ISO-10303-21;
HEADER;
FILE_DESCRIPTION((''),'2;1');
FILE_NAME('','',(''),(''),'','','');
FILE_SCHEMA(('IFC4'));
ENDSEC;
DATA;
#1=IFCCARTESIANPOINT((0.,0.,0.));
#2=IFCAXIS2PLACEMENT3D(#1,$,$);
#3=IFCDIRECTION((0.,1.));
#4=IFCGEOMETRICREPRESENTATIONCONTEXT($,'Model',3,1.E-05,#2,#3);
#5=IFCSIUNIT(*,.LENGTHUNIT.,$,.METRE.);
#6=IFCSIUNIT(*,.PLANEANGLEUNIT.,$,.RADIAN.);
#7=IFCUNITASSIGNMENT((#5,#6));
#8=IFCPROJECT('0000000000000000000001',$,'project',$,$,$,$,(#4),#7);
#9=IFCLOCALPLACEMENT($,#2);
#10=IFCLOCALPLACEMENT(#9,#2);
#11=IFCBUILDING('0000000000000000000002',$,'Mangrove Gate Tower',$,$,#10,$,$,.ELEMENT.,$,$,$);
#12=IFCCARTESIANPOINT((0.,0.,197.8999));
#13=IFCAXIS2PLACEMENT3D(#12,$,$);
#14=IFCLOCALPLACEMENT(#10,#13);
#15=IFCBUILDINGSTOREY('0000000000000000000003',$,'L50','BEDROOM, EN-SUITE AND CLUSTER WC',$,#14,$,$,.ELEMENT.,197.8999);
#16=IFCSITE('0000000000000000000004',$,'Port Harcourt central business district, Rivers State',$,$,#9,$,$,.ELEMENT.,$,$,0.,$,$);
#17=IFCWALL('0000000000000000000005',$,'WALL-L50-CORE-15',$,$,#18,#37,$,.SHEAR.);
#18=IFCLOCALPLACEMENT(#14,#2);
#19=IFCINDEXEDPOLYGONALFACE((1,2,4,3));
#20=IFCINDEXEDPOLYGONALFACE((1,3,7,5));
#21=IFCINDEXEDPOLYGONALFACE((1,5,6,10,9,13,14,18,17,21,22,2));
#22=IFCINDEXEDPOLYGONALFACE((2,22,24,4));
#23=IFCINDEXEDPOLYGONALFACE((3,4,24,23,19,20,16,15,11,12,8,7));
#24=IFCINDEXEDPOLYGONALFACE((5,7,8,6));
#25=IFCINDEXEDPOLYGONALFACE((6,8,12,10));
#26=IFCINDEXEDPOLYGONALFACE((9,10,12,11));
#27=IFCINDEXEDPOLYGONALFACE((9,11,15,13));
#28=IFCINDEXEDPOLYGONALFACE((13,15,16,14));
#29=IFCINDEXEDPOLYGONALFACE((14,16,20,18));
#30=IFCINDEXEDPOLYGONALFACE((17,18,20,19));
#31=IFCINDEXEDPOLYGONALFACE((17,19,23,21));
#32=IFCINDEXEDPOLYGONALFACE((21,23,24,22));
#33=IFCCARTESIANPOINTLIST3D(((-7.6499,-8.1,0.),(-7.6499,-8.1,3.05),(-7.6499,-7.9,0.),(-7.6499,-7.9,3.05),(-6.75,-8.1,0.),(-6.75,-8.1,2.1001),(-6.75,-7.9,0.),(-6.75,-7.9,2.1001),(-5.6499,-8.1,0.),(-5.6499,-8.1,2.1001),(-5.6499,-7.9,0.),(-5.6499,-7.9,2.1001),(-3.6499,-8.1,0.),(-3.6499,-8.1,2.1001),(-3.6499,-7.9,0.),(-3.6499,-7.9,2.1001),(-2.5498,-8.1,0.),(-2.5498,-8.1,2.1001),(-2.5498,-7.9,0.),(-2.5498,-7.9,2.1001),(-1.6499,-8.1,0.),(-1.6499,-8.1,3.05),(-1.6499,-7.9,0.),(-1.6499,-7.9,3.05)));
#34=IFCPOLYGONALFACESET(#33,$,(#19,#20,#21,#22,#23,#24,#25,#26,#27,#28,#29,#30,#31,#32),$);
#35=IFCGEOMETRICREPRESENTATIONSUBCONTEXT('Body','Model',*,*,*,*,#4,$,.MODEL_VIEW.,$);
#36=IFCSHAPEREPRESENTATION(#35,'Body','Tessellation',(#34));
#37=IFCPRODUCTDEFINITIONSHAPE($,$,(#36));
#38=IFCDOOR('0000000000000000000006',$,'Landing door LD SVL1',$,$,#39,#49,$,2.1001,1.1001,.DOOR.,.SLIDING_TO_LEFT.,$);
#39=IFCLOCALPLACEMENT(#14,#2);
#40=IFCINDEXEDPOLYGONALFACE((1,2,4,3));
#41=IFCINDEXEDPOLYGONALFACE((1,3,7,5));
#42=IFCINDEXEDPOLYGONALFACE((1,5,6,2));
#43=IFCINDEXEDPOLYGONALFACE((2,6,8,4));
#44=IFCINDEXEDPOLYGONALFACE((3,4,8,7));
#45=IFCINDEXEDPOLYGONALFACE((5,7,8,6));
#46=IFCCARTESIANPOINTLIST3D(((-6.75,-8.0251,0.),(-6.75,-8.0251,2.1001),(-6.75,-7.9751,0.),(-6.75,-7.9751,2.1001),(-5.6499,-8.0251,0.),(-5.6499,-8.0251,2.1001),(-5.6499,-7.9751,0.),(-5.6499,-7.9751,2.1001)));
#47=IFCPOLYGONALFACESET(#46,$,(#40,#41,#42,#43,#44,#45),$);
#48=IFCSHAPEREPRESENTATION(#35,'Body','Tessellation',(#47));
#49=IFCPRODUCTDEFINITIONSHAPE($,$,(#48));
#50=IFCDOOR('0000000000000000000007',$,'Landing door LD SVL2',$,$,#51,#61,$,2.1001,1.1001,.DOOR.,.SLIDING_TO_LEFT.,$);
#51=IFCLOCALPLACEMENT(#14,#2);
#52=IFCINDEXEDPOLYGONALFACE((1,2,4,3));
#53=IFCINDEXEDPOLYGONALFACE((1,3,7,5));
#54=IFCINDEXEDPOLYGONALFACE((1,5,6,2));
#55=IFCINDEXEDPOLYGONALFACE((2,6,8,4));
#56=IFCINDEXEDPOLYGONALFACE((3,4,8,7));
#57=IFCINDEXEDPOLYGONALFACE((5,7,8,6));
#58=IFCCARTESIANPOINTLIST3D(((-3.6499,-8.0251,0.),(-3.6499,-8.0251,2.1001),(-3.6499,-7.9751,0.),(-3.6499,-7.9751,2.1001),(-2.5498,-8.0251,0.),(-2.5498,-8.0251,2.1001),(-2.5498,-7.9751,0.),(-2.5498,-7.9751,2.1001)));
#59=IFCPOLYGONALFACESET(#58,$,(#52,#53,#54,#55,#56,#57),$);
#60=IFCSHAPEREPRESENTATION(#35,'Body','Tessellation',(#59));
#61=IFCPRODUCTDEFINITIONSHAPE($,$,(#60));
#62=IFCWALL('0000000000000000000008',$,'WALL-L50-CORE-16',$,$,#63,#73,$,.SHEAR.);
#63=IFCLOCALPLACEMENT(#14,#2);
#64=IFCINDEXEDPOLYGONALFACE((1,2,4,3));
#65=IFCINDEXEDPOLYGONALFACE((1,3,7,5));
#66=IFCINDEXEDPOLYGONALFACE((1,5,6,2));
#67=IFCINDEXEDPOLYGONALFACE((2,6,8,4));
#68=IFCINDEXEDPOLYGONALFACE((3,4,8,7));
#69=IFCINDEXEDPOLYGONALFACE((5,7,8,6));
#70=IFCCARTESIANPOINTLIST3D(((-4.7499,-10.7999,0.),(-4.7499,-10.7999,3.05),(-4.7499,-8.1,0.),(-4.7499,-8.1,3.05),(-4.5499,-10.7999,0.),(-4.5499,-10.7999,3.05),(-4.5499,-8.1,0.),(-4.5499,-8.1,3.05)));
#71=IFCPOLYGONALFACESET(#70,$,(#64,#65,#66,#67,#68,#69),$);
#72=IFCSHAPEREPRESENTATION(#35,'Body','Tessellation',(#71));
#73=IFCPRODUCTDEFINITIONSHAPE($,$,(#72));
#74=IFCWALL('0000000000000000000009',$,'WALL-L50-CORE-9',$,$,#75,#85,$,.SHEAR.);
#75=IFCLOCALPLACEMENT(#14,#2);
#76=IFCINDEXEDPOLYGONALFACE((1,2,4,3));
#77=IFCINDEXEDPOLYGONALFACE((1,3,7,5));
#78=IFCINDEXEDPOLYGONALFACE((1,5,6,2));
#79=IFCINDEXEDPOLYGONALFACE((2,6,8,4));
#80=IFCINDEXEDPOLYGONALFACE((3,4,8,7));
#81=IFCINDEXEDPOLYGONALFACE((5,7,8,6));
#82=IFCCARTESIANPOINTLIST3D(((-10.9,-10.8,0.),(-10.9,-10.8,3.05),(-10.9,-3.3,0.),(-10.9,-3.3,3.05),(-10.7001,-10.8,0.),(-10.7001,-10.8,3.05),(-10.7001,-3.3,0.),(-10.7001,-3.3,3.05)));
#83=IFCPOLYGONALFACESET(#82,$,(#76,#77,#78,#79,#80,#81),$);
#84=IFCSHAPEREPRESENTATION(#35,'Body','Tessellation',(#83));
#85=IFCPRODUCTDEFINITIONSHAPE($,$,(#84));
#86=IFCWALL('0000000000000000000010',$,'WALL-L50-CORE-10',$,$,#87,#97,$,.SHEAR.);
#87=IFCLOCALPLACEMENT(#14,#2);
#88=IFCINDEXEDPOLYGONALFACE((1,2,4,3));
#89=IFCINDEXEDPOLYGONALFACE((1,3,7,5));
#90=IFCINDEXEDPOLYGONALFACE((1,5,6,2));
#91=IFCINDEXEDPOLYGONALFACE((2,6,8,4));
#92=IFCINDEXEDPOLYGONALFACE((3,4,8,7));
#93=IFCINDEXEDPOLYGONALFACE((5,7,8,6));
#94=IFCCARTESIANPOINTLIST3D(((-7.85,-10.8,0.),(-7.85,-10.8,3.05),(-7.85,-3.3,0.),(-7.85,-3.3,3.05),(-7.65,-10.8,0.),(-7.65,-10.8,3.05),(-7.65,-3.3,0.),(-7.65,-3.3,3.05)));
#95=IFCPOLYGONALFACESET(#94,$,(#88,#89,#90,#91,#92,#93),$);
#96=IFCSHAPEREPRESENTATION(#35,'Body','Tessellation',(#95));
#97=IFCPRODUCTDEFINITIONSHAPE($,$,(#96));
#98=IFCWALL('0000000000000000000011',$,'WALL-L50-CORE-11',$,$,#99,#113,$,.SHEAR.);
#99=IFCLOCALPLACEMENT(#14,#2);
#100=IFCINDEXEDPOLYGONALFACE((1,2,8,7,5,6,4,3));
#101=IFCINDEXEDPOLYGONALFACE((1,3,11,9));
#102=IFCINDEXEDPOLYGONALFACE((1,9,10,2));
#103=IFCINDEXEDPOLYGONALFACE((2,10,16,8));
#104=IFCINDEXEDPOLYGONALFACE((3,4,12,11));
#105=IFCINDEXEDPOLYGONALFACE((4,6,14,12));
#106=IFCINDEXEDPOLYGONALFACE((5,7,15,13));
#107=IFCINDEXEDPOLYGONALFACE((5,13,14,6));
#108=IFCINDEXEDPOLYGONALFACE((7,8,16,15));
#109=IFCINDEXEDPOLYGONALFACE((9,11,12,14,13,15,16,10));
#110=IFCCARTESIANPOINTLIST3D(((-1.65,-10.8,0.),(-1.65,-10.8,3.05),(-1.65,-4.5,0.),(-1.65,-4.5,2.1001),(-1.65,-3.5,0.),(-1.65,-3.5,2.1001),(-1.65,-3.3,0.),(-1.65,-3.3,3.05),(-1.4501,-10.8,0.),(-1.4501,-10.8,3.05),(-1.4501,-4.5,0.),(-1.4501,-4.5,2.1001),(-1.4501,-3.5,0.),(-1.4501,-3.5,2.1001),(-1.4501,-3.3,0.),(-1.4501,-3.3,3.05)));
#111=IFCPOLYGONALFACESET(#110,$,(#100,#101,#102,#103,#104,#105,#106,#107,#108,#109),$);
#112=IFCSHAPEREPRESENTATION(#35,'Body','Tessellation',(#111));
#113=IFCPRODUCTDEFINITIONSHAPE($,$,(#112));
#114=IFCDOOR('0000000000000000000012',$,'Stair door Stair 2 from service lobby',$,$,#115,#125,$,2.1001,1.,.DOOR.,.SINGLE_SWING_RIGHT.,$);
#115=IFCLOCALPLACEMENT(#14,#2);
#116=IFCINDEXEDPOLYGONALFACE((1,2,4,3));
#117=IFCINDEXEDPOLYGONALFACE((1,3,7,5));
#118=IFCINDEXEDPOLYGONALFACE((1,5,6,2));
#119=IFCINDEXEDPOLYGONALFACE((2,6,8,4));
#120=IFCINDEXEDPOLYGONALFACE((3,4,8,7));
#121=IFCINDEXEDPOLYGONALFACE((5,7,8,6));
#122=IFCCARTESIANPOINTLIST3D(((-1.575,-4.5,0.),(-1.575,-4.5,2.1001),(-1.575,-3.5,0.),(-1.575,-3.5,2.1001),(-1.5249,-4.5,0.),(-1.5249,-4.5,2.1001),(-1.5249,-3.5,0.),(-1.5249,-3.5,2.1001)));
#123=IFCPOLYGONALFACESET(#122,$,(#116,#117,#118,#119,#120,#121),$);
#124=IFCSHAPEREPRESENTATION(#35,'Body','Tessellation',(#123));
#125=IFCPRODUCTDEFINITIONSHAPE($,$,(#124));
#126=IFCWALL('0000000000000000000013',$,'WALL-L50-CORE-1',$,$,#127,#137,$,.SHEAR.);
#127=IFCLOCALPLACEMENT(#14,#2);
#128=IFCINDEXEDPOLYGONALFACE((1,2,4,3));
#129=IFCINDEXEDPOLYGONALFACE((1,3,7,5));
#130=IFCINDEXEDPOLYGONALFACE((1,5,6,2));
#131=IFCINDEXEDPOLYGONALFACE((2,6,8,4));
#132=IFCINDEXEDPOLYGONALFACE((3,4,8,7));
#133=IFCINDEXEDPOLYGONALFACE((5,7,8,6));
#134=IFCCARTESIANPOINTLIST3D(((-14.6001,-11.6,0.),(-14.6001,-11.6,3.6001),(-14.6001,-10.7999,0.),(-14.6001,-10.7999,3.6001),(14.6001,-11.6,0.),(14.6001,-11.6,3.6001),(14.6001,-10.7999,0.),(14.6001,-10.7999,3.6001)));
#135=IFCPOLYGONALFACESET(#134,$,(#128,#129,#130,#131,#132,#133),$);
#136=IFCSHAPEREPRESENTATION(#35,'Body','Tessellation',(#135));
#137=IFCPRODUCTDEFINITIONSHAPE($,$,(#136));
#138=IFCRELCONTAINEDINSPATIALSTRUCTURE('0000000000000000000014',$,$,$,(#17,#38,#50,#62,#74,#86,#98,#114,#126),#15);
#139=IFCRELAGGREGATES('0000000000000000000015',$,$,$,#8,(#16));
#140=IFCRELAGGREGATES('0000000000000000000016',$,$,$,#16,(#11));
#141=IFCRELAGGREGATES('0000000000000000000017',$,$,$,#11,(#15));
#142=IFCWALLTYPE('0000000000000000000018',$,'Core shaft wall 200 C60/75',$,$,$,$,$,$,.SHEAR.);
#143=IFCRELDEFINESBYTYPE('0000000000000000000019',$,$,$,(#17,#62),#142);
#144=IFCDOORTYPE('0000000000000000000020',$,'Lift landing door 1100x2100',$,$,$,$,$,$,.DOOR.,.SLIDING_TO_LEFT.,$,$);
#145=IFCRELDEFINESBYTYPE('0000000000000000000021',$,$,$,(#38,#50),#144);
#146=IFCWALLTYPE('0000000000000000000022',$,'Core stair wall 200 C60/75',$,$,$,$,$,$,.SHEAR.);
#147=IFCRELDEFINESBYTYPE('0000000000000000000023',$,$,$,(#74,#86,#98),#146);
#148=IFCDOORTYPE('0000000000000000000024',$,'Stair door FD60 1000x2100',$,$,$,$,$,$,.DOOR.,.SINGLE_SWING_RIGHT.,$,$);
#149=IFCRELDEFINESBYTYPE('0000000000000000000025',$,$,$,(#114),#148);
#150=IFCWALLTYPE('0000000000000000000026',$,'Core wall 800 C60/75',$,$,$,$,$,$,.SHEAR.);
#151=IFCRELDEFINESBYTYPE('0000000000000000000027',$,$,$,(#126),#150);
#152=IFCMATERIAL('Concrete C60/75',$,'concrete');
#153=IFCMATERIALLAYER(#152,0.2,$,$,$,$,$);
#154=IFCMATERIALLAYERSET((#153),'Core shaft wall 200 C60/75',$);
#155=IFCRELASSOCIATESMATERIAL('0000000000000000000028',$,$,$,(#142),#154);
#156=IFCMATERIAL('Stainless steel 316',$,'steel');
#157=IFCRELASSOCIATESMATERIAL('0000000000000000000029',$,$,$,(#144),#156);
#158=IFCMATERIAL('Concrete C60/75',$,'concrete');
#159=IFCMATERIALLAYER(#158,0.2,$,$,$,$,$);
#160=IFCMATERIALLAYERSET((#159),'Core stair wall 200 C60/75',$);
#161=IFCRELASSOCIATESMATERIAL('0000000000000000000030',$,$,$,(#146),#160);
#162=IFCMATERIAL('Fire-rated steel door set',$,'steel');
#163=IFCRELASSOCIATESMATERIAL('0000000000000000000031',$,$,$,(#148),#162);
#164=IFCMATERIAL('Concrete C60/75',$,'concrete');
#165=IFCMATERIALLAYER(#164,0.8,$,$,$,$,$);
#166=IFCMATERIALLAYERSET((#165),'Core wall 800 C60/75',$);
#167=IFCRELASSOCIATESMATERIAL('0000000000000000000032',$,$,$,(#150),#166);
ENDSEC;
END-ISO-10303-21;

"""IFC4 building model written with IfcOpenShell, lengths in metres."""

from ifc_helpers import new_model, si_unit, direction, frame, frame_2d, origin, place, context, subcontext, project, spatial, rectangle, extrude, material, layer, layer_set, type_object, element, fill, save


model = new_model("IFC4")

# Units and contexts
model_context = context("Model", 3, precision=1e-05, world=origin(), true_north=direction((0.0, 1.0)))
body_context = subcontext(model_context, "Body", "Model", "MODEL_VIEW")
ifc_project = project(units=[si_unit("LENGTHUNIT", "METRE"), si_unit("PLANEANGLEUNIT", "RADIAN")], contexts=[model_context])

# Site, building, storey
site_placement = place(None, origin())
site = spatial("IfcSite", under=ifc_project, at=site_placement, Name="Port Harcourt central business district, Rivers State", CompositionType="ELEMENT", RefElevation=0.0)
building_placement = place(site_placement, origin())
building = spatial("IfcBuilding", under=site, at=building_placement, Name="Mangrove Gate Tower", CompositionType="ELEMENT")
storey_placement = place(building_placement, frame((0.0, 0.0, 197.8999)))
storey = spatial("IfcBuildingStorey", under=building, at=storey_placement, Name="L50", Description="BEDROOM, EN-SUITE AND CLUSTER WC", CompositionType="ELEMENT", Elevation=197.8999)

# Wall, openings, doors
ifc_material_1 = material(Name="Concrete C60/75", Category="concrete")
ifc_layer_1 = layer(ifc_material_1, 0.2)
ifc_layer_set_1 = layer_set([ifc_layer_1], Name="Core shaft wall 200 C60/75")
wall_type_1 = type_object("IfcWallType", Name="Core shaft wall 200 C60/75", PredefinedType="SHEAR", material=ifc_layer_set_1)
wall_1_placement = place(storey_placement, frame((-7.6499, -8.0, 0.0), z_axis=(0.0, 0.0, 1.0), x_axis=(1.0, 0.0, 0.0)))
wall_1 = element("IfcWall", 1, at=wall_1_placement, inside=storey, type_object=wall_type_1, Name="WALL-L50-CORE-15", PredefinedType="SHEAR", context=body_context, shape_type="SweptSolid", body=[
    extrude(rectangle(XDim=6.0, YDim=0.2, at=frame_2d((3.0, 0.0))), origin(), (0.0, 0.0, 1.0), 3.05),
])
opening_1_placement = place(wall_1_placement, frame((0.8999, 0.0, 0.0)))
opening_1 = element("IfcOpeningElement", 2, at=opening_1_placement, cuts=wall_1, PredefinedType="OPENING", context=body_context, shape_type="SweptSolid", body=[
    extrude(rectangle(XDim=1.1001, YDim=2.1001, at=frame_2d((0.55, 1.05))), frame((0.0, 0.1099, 0.0), z_axis=(0.0, -1.0, 0.0), x_axis=(1.0, 0.0, 0.0)), (0.0, 0.0, 1.0), 0.22),
])
opening_2_placement = place(wall_1_placement, frame((4.0, 0.0, 0.0)))
opening_2 = element("IfcOpeningElement", 3, at=opening_2_placement, cuts=wall_1, PredefinedType="OPENING", context=body_context, shape_type="SweptSolid", body=[
    extrude(rectangle(XDim=1.1001, YDim=2.1001, at=frame_2d((0.55, 1.05))), frame((0.0, 0.1099, 0.0), z_axis=(0.0, -1.0, 0.0), x_axis=(1.0, 0.0, 0.0)), (0.0, 0.0, 1.0), 0.22),
])
ifc_material_2 = material(Name="Stainless steel 316", Category="steel")
door_type_1 = type_object("IfcDoorType", Name="Lift landing door 1100x2100", OperationType="SLIDING_TO_LEFT", PredefinedType="DOOR", material=ifc_material_2)
door_1_placement = place(opening_1_placement, origin())
door_1 = element("IfcDoor", 4, at=door_1_placement, inside=storey, type_object=door_type_1, Name="Landing door LD SVL1", OperationType="SLIDING_TO_LEFT", OverallHeight=2.1001, OverallWidth=1.1001, PredefinedType="DOOR", context=body_context, shape_type="SweptSolid", body=[
    extrude(rectangle(XDim=1.1001, YDim=2.1001, at=frame_2d((0.55, 1.05))), frame((0.0, 0.0249, 0.0), z_axis=(0.0, -1.0, 0.0), x_axis=(1.0, 0.0, 0.0)), (0.0, 0.0, 1.0), 0.05),
])
fill(opening_1, door_1)
door_2_placement = place(opening_2_placement, origin())
door_2 = element("IfcDoor", 5, at=door_2_placement, inside=storey, type_object=door_type_1, Name="Landing door LD SVL2", OperationType="SLIDING_TO_LEFT", OverallHeight=2.1001, OverallWidth=1.1001, PredefinedType="DOOR", context=body_context, shape_type="SweptSolid", body=[
    extrude(rectangle(XDim=1.1001, YDim=2.1001, at=frame_2d((0.55, 1.05))), frame((0.0, 0.0249, 0.0), z_axis=(0.0, -1.0, 0.0), x_axis=(1.0, 0.0, 0.0)), (0.0, 0.0, 1.0), 0.05),
])
fill(opening_2, door_2)

# Walls
wall_2_placement = place(storey_placement, frame((-4.6499, -10.8, 0.0), z_axis=(0.0, 0.0, 1.0), x_axis=(0.0, 1.0, 0.0)))
element("IfcWall", 6, at=wall_2_placement, inside=storey, type_object=wall_type_1, Name="WALL-L50-CORE-16", PredefinedType="SHEAR", context=body_context, shape_type="SweptSolid", body=[
    extrude(rectangle(XDim=2.7, YDim=0.2, at=frame_2d((1.3501, 0.0))), origin(), (0.0, 0.0, 1.0), 3.05),
])
ifc_material_3 = material(Name="Concrete C60/75", Category="concrete")
ifc_layer_2 = layer(ifc_material_3, 0.2)
ifc_layer_set_2 = layer_set([ifc_layer_2], Name="Core stair wall 200 C60/75")
wall_type_2 = type_object("IfcWallType", Name="Core stair wall 200 C60/75", PredefinedType="SHEAR", material=ifc_layer_set_2)
for number, where, z_axis, x_axis, name in (
    (7, (-10.8, -10.8, 0.0), (0.0, 0.0, 1.0), (0.0, 1.0, 0.0), "WALL-L50-CORE-9"),
    (8, (-7.75, -10.8, 0.0), (0.0, 0.0, 1.0), (0.0, 1.0, 0.0), "WALL-L50-CORE-10"),
):
    element("IfcWall", number, at=place(storey_placement, frame(where, z_axis=z_axis, x_axis=x_axis)), inside=storey, type_object=wall_type_2, Name=name, PredefinedType="SHEAR", context=body_context, shape_type="SweptSolid", body=[
        extrude(rectangle(XDim=7.5, YDim=0.2, at=frame_2d((3.75, 0.0))), origin(), (0.0, 0.0, 1.0), 3.05),
    ])

# Wall, opening, door
wall_3_placement = place(storey_placement, frame((-1.55, -10.8, 0.0), z_axis=(0.0, 0.0, 1.0), x_axis=(0.0, 1.0, 0.0)))
wall_3 = element("IfcWall", 9, at=wall_3_placement, inside=storey, type_object=wall_type_2, Name="WALL-L50-CORE-11", PredefinedType="SHEAR", context=body_context, shape_type="SweptSolid", body=[
    extrude(rectangle(XDim=7.5, YDim=0.2, at=frame_2d((3.75, 0.0))), origin(), (0.0, 0.0, 1.0), 3.05),
])
opening_3_placement = place(wall_3_placement, frame((6.3, 0.0, 0.0)))
opening_3 = element("IfcOpeningElement", 10, at=opening_3_placement, cuts=wall_3, PredefinedType="OPENING", context=body_context, shape_type="SweptSolid", body=[
    extrude(rectangle(XDim=1.0, YDim=2.1001, at=frame_2d((0.5, 1.05))), frame((0.0, 0.1099, 0.0), z_axis=(0.0, -1.0, 0.0), x_axis=(1.0, 0.0, 0.0)), (0.0, 0.0, 1.0), 0.22),
])
ifc_material_4 = material(Name="Fire-rated steel door set", Category="steel")
door_type_2 = type_object("IfcDoorType", Name="Stair door FD60 1000x2100", OperationType="SINGLE_SWING_RIGHT", PredefinedType="DOOR", material=ifc_material_4)
door_3_placement = place(opening_3_placement, origin())
door_3 = element("IfcDoor", 11, at=door_3_placement, inside=storey, type_object=door_type_2, Name="Stair door Stair 2 from service lobby", OperationType="SINGLE_SWING_RIGHT", OverallHeight=2.1001, OverallWidth=1.0, PredefinedType="DOOR", context=body_context, shape_type="SweptSolid", body=[
    extrude(rectangle(XDim=1.0, YDim=2.1001, at=frame_2d((0.5, 1.05))), frame((0.0, 0.0249, 0.0), z_axis=(0.0, -1.0, 0.0), x_axis=(1.0, 0.0, 0.0)), (0.0, 0.0, 1.0), 0.05),
])
fill(opening_3, door_3)

# Wall
ifc_material_5 = material(Name="Concrete C60/75", Category="concrete")
ifc_layer_3 = layer(ifc_material_5, 0.8)
ifc_layer_set_3 = layer_set([ifc_layer_3], Name="Core wall 800 C60/75")
wall_type_3 = type_object("IfcWallType", Name="Core wall 800 C60/75", PredefinedType="SHEAR", material=ifc_layer_set_3)
wall_4_placement = place(storey_placement, frame((-14.6001, -11.2, 0.0), z_axis=(0.0, 0.0, 1.0), x_axis=(1.0, 0.0, 0.0)))
element("IfcWall", 12, at=wall_4_placement, inside=storey, type_object=wall_type_3, Name="WALL-L50-CORE-1", PredefinedType="SHEAR", context=body_context, shape_type="SweptSolid", body=[
    extrude(rectangle(XDim=29.2002, YDim=0.8, at=frame_2d((14.6001, 0.0))), origin(), (0.0, 0.0, 1.0), 3.6001),
])

save(model, "model.ifc")
